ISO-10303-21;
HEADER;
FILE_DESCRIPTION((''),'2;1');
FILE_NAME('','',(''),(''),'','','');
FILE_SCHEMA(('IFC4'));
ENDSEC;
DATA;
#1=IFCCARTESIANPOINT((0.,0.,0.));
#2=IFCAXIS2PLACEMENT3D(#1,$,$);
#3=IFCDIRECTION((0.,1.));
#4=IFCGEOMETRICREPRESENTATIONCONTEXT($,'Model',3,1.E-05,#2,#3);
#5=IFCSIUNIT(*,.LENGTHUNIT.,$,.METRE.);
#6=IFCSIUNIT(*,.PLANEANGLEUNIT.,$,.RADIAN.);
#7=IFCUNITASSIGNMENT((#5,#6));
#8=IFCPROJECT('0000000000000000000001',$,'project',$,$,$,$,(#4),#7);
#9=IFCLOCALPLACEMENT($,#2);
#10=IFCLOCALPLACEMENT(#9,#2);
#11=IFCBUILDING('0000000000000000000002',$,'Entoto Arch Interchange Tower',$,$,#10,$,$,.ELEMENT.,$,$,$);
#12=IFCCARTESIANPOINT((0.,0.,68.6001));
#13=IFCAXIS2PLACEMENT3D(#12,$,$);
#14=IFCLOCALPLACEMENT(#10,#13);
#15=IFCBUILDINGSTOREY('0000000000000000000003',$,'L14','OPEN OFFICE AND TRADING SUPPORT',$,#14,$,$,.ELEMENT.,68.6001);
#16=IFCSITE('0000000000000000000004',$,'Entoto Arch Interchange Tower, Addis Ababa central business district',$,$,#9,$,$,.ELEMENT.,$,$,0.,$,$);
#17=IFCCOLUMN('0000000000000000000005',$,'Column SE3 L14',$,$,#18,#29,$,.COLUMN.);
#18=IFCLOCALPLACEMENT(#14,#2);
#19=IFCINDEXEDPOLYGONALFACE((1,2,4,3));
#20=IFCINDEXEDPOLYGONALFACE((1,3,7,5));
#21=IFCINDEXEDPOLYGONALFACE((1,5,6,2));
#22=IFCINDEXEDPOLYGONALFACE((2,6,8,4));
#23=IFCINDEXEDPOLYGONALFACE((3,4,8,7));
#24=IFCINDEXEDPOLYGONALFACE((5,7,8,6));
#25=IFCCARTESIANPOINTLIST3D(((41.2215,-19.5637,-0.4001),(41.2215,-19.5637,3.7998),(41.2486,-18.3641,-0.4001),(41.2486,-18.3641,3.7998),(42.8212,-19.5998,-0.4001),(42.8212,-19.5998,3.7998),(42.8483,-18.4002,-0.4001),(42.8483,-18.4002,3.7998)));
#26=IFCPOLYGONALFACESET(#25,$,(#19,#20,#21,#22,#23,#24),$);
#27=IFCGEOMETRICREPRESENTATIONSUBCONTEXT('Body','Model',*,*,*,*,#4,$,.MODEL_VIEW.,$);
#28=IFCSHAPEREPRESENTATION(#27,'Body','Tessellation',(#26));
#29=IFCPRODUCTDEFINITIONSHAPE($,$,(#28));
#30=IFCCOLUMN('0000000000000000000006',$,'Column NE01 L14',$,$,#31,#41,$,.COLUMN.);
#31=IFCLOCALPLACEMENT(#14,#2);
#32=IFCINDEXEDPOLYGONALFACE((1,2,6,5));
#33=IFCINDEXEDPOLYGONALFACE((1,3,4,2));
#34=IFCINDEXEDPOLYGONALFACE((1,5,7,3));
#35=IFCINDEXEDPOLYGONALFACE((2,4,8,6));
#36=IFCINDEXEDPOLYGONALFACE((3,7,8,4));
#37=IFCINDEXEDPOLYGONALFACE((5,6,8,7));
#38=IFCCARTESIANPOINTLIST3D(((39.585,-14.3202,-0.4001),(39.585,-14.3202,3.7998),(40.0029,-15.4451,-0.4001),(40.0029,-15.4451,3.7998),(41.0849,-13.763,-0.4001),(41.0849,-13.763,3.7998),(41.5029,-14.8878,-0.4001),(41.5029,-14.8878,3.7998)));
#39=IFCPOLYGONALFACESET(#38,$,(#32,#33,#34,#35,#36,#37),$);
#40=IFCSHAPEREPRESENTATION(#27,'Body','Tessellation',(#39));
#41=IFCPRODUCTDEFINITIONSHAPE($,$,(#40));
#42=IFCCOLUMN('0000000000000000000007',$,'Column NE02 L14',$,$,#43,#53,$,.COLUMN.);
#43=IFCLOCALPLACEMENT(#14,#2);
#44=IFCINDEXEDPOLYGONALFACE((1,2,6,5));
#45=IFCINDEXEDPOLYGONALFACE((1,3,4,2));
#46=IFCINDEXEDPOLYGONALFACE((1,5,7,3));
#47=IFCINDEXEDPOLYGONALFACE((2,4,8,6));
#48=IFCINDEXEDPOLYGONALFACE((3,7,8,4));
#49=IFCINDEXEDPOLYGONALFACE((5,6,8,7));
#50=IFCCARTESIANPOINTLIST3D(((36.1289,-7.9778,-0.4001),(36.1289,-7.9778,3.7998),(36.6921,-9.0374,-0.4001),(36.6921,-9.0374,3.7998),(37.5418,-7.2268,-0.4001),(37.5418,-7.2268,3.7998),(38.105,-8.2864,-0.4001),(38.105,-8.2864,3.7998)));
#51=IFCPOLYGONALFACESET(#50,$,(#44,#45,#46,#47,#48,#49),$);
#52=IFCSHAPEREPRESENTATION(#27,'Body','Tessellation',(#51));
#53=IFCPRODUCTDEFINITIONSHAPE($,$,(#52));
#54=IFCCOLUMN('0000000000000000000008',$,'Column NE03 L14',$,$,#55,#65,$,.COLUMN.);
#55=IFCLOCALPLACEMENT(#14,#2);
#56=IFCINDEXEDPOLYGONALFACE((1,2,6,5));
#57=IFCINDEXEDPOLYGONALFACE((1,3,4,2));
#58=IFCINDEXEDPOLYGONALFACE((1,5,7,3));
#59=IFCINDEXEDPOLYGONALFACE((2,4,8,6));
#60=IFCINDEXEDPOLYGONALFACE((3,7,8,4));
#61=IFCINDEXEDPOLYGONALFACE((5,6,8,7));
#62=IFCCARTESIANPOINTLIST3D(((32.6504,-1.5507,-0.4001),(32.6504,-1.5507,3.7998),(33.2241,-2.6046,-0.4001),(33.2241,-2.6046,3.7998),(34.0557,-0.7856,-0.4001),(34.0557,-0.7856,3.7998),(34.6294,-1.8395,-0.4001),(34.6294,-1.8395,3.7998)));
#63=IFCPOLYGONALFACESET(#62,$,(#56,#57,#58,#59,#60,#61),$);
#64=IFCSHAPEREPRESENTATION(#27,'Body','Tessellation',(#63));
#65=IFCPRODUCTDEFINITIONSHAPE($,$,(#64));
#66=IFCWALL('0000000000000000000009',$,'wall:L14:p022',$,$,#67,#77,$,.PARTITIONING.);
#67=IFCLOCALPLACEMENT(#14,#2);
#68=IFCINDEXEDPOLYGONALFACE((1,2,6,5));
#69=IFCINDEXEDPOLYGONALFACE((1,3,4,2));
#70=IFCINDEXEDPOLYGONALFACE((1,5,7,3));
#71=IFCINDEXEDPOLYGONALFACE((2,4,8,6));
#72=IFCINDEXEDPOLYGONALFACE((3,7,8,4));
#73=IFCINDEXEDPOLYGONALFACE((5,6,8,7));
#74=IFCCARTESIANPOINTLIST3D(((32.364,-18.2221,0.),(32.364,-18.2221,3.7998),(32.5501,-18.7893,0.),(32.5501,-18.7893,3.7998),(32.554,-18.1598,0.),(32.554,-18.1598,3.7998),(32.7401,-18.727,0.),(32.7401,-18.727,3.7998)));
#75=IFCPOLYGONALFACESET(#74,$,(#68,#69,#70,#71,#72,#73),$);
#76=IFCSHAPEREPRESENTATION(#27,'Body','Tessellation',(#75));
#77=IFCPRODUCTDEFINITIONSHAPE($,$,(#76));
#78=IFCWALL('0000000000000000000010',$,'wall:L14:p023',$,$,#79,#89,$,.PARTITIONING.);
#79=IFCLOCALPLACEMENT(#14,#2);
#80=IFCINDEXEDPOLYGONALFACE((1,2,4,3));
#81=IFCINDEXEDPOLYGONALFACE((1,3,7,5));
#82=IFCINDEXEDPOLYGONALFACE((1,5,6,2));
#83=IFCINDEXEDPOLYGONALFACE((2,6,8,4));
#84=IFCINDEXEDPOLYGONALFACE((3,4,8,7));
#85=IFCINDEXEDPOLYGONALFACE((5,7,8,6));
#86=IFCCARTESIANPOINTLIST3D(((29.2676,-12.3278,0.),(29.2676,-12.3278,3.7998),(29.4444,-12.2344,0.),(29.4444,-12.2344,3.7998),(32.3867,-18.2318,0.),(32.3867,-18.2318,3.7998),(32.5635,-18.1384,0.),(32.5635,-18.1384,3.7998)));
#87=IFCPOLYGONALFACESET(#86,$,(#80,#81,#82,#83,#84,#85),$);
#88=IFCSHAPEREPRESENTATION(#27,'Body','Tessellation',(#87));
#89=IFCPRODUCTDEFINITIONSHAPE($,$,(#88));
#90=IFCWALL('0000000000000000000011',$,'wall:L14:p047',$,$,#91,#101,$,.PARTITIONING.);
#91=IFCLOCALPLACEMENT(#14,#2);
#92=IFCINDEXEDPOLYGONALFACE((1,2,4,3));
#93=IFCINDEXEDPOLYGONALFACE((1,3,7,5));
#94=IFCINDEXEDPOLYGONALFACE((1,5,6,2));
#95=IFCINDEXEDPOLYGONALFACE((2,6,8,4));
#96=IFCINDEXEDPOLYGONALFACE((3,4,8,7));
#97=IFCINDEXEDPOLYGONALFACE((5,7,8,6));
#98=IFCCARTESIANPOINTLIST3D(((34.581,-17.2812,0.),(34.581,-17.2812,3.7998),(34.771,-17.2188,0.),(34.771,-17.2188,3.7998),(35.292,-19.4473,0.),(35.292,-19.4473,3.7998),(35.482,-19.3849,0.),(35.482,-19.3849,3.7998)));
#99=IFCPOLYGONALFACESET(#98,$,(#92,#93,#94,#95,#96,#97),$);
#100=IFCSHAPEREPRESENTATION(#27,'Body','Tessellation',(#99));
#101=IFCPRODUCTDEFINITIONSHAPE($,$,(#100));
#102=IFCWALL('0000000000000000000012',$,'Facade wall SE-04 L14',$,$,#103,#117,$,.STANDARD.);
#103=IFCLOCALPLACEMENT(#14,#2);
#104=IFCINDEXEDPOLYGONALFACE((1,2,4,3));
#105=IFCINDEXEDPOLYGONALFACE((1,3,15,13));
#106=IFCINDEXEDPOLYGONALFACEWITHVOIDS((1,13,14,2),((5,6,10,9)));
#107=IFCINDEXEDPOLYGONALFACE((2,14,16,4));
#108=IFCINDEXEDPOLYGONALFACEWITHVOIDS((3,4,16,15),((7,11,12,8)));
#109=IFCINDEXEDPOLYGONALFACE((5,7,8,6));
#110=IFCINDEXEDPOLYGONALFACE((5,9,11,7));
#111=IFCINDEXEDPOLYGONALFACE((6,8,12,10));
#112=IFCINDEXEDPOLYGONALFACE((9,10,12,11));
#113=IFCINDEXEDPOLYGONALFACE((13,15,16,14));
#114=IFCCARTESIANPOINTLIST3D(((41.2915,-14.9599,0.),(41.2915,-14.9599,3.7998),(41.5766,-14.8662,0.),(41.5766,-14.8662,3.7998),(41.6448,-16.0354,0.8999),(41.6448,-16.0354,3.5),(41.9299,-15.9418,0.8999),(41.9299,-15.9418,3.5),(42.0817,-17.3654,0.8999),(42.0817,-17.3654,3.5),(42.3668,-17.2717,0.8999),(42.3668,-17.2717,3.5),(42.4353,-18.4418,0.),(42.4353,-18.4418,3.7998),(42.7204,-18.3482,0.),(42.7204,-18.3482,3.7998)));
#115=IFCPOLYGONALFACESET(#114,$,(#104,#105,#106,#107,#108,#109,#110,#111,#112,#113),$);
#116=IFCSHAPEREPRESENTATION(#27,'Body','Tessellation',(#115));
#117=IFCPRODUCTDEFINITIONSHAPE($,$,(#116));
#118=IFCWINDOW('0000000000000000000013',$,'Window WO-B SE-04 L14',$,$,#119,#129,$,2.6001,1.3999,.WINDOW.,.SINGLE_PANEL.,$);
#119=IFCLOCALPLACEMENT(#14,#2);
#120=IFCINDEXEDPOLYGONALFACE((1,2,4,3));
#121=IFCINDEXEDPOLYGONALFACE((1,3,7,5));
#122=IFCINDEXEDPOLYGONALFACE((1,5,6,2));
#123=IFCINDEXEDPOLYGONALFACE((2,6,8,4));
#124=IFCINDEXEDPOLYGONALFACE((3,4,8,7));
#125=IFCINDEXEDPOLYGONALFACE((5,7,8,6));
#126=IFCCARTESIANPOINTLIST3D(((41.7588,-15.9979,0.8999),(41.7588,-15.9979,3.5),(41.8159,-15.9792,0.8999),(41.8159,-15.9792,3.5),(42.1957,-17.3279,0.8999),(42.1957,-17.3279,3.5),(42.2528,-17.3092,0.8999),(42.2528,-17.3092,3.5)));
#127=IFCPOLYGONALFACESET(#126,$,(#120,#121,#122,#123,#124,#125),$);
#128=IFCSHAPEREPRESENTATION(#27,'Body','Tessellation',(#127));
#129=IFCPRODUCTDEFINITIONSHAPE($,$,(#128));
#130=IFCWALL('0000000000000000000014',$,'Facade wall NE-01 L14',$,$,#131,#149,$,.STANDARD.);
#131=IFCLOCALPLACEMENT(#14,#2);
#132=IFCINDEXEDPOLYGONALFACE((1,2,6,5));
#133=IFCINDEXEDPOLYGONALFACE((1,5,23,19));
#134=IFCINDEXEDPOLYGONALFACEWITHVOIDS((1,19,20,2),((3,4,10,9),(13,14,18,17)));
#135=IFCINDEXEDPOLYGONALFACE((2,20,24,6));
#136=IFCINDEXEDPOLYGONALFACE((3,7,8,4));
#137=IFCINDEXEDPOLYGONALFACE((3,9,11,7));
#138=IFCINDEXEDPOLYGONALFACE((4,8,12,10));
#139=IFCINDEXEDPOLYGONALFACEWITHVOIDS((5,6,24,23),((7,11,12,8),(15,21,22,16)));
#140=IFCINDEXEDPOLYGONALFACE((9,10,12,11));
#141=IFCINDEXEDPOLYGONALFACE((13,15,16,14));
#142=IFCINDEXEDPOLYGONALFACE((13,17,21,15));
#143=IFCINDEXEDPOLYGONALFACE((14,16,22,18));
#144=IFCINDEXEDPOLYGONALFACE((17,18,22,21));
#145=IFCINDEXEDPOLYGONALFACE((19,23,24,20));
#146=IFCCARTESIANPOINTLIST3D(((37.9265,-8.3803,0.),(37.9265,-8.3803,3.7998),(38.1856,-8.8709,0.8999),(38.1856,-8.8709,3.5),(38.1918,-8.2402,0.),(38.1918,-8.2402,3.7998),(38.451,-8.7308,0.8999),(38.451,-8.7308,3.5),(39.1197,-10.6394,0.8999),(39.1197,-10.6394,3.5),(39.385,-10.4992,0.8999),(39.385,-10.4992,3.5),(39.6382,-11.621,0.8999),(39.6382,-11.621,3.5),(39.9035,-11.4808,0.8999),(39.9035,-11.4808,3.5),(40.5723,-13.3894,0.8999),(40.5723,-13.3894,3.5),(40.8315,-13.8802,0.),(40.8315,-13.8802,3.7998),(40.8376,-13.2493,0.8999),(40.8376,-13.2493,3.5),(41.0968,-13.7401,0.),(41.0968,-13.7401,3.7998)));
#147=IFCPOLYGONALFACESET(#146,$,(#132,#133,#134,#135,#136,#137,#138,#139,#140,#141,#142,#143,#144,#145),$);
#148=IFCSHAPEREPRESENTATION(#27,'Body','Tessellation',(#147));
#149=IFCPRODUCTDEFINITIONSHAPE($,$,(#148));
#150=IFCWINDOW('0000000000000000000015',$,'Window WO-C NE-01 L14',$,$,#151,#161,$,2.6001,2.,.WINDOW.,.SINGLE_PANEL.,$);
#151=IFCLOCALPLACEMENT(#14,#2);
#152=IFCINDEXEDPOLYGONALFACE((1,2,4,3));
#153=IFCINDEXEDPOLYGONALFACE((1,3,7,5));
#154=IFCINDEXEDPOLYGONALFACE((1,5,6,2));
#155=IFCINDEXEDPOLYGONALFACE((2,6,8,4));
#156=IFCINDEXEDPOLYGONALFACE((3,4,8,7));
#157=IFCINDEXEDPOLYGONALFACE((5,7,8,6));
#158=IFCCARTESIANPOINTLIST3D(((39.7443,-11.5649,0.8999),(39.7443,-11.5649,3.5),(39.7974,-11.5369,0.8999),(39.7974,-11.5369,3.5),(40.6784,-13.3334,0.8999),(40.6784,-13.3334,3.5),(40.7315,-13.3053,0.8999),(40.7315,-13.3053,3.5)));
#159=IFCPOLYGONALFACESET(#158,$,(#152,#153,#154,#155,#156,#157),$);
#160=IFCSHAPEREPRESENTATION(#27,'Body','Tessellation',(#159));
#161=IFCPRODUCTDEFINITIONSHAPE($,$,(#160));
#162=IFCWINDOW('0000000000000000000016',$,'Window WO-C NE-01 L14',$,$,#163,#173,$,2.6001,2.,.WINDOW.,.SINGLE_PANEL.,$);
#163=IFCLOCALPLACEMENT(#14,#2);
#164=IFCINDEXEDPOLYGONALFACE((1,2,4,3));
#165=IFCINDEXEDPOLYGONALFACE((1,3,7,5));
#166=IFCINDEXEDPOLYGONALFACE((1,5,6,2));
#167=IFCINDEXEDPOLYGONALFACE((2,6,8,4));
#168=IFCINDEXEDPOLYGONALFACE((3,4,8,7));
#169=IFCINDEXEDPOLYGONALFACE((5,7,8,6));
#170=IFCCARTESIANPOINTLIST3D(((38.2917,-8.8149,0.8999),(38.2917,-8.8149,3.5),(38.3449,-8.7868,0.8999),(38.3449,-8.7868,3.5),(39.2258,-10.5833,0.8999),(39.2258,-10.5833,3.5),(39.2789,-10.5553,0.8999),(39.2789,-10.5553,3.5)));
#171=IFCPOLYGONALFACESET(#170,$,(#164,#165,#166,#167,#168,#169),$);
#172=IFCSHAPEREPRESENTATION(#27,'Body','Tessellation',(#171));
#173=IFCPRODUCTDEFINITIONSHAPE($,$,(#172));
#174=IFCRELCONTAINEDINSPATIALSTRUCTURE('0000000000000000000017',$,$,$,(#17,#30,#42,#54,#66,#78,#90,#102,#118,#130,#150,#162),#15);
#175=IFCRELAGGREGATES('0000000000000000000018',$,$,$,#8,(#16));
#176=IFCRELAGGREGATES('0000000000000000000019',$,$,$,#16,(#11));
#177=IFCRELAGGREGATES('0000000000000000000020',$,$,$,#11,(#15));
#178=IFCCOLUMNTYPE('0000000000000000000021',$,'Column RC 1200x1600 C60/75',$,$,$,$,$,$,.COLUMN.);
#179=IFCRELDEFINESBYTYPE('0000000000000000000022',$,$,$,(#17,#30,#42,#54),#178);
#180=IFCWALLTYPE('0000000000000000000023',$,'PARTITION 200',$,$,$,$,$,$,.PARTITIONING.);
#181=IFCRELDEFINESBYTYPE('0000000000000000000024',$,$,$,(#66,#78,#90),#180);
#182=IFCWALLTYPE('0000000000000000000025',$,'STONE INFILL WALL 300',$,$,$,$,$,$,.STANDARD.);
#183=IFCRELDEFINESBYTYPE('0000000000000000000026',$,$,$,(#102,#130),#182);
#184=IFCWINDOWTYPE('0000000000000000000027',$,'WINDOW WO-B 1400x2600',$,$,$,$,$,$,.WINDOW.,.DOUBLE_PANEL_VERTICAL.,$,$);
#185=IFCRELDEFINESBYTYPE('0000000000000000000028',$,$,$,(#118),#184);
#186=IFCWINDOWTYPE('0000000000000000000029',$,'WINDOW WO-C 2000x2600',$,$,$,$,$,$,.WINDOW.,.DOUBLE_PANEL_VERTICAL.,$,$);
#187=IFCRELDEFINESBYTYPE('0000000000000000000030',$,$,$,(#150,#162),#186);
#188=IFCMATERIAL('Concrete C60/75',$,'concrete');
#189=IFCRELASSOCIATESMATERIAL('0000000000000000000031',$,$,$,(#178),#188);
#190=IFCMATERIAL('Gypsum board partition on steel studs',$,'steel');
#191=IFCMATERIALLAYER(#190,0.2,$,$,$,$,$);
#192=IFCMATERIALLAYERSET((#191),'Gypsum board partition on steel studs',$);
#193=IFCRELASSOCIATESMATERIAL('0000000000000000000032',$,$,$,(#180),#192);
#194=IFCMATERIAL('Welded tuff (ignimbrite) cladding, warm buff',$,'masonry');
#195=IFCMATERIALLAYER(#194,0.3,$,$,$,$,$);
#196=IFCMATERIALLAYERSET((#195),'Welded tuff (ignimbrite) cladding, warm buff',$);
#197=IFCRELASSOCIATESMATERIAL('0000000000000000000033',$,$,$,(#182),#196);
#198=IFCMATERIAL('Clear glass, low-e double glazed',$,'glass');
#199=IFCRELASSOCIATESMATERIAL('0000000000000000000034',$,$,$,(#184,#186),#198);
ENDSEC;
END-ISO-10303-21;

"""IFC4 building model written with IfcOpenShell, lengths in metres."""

from ifc_helpers import new_model, si_unit, direction, frame, frame_2d, origin, origin_2d, place, context, subcontext, project, spatial, rectangle, extrude, material, layer, layer_set, material_profile, profile_set, type_object, element, fill, save


model = new_model("IFC4")

# Units and contexts
model_context = context("Model", 3, precision=1e-05, world=origin(), true_north=direction((0.0, 1.0)))
body_context = subcontext(model_context, "Body", "Model", "MODEL_VIEW")
ifc_project = project(units=[si_unit("LENGTHUNIT", "METRE"), si_unit("PLANEANGLEUNIT", "RADIAN")], contexts=[model_context])

# Site, building, storey
site_placement = place(None, origin())
site = spatial("IfcSite", under=ifc_project, at=site_placement, Name="Entoto Arch Interchange Tower, Addis Ababa central business district", CompositionType="ELEMENT", RefElevation=0.0)
building_placement = place(site_placement, origin())
building = spatial("IfcBuilding", under=site, at=building_placement, Name="Entoto Arch Interchange Tower", CompositionType="ELEMENT")
storey_placement = place(building_placement, frame((0.0, 0.0, 68.6001)))
storey = spatial("IfcBuildingStorey", under=building, at=storey_placement, Name="L14", Description="OPEN OFFICE AND TRADING SUPPORT", CompositionType="ELEMENT", Elevation=68.6001)

# Columns
ifc_material_1 = material(Name="Concrete C60/75", Category="concrete")
ifc_material_profile = material_profile(ifc_material_1, rectangle(XDim=1.2, YDim=1.6001, at=origin_2d()))
ifc_profile_set = profile_set([ifc_material_profile], Name="Concrete C60/75")
column_type = type_object("IfcColumnType", Name="Column RC 1200x1600 C60/75", PredefinedType="COLUMN", material=ifc_profile_set)
for number, where, z_axis, x_axis, name in (
    (1, (42.0349, -18.9819, -0.4001), (0.0, 0.0, 1.0), (0.022565, 0.999745, 0.0), "Column SE3 L14"),
    (2, (40.5439, -14.604, -0.4001), (0.0, 0.0, 1.0), (-0.348278, 0.937391, 0.0), "Column NE01 L14"),
    (3, (37.1169, -8.1321, -0.4001), (0.0, 0.0, 1.0), (-0.469317, 0.88303, 0.0), "Column NE02 L14"),
    (4, (33.6399, -1.6951, -0.4001), (0.0, 0.0, 1.0), (-0.47814, 0.878284, 0.0), "Column NE03 L14"),
):
    element("IfcColumn", number, at=place(storey_placement, frame(where, z_axis=z_axis, x_axis=x_axis)), inside=storey, type_object=column_type, Name=name, PredefinedType="COLUMN", context=body_context, shape_type="SweptSolid", body=[
        extrude(rectangle(XDim=1.2, YDim=1.6001, at=origin_2d()), origin(), (0.0, 0.0, 1.0), 4.2),
    ])

# Walls
ifc_material_2 = material(Name="Gypsum board partition on steel studs", Category="steel")
ifc_layer_1 = layer(ifc_material_2, 0.2)
ifc_layer_set_1 = layer_set([ifc_layer_1], Name="Gypsum board partition on steel studs")
wall_type_1 = type_object("IfcWallType", Name="PARTITION 200", PredefinedType="PARTITIONING", material=ifc_layer_set_1)
wall_1_placement = place(storey_placement, frame((32.645, -18.7581, 0.0), z_axis=(0.0, 0.0, 1.0), x_axis=(-0.311684, 0.950186, 0.0)))
element("IfcWall", 5, at=wall_1_placement, inside=storey, type_object=wall_type_1, Name="wall:L14:p022", PredefinedType="PARTITIONING", context=body_context, shape_type="SweptSolid", body=[
    extrude(rectangle(XDim=0.5969, YDim=0.2, at=frame_2d((0.2983, 0.0))), origin(), (0.0, 0.0, 1.0), 3.7998),
])
wall_2_placement = place(storey_placement, frame((32.4751, -18.1851, 0.0), z_axis=(0.0, 0.0, 1.0), x_axis=(-0.467123, 0.884192, 0.0)))
element("IfcWall", 6, at=wall_2_placement, inside=storey, type_object=wall_type_1, Name="wall:L14:p023", PredefinedType="PARTITIONING", context=body_context, shape_type="SweptSolid", body=[
    extrude(rectangle(XDim=6.6772, YDim=0.2, at=frame_2d((3.3386, 0.0))), origin(), (0.0, 0.0, 1.0), 3.7998),
])
wall_3_placement = place(storey_placement, frame((34.676, -17.25, 0.0), z_axis=(0.0, 0.0, 1.0), x_axis=(0.311855, -0.95013, 0.0)))
element("IfcWall", 7, at=wall_3_placement, inside=storey, type_object=wall_type_1, Name="wall:L14:p047", PredefinedType="PARTITIONING", context=body_context, shape_type="SweptSolid", body=[
    extrude(rectangle(XDim=2.2798, YDim=0.2, at=frame_2d((1.1399, 0.0))), origin(), (0.0, 0.0, 1.0), 3.7998),
])

# Wall, opening, window
ifc_material_3 = material(Name="Welded tuff (ignimbrite) cladding, warm buff", Category="masonry")
ifc_layer_2 = layer(ifc_material_3, 0.3)
ifc_layer_set_2 = layer_set([ifc_layer_2], Name="Welded tuff (ignimbrite) cladding, warm buff")
wall_type_2 = type_object("IfcWallType", Name="STONE INFILL WALL 300", PredefinedType="STANDARD", material=ifc_layer_set_2)
wall_4_placement = place(storey_placement, frame((42.5779, -18.395, 0.0), z_axis=(0.0, 0.0, 1.0), x_axis=(-0.312088, 0.950053, 0.0)))
wall_4 = element("IfcWall", 8, at=wall_4_placement, inside=storey, type_object=wall_type_2, Name="Facade wall SE-04 L14", PredefinedType="STANDARD", context=body_context, shape_type="SweptSolid", body=[
    extrude(rectangle(XDim=3.665, YDim=0.3, at=frame_2d((1.8325, 0.0))), origin(), (0.0, 0.0, 1.0), 3.7998),
])
opening_1_placement = place(wall_4_placement, frame((1.1331, 0.0, 0.8999)))
opening_1 = element("IfcOpeningElement", 9, at=opening_1_placement, cuts=wall_4, PredefinedType="OPENING", context=body_context, shape_type="SweptSolid", body=[
    extrude(rectangle(XDim=1.3999, YDim=2.6001, at=frame_2d((0.7, 1.3))), frame((0.0, 0.1602, 0.0), z_axis=(0.0, -1.0, 0.0), x_axis=(1.0, 0.0, 0.0)), (0.0, 0.0, 1.0), 0.3201),
])
ifc_material_4 = material(Name="Clear glass, low-e double glazed", Category="glass")
window_type_1 = type_object("IfcWindowType", Name="WINDOW WO-B 1400x2600", PartitioningType="DOUBLE_PANEL_VERTICAL", PredefinedType="WINDOW", material=ifc_material_4)
window_1_placement = place(opening_1_placement, origin())
window_1 = element("IfcWindow", 10, at=window_1_placement, inside=storey, type_object=window_type_1, Name="Window WO-B SE-04 L14", OverallHeight=2.6001, OverallWidth=1.3999, PartitioningType="SINGLE_PANEL", PredefinedType="WINDOW", context=body_context, shape_type="SweptSolid", body=[
    extrude(rectangle(XDim=1.3999, YDim=2.6001, at=frame_2d((0.7, 1.3))), frame((0.0, 0.03, 0.0), z_axis=(0.0, -1.0, 0.0), x_axis=(1.0, 0.0, 0.0)), (0.0, 0.0, 1.0), 0.0601),
])
fill(opening_1, window_1)

# Wall, openings, windows
wall_5_placement = place(storey_placement, frame((40.9641, -13.8101, 0.0), z_axis=(0.0, 0.0, 1.0), x_axis=(-0.467042, 0.884235, 0.0)))
wall_5 = element("IfcWall", 11, at=wall_5_placement, inside=storey, type_object=wall_type_2, Name="Facade wall NE-01 L14", PredefinedType="STANDARD", context=body_context, shape_type="SweptSolid", body=[
    extrude(rectangle(XDim=6.22, YDim=0.3, at=frame_2d((3.1099, 0.0))), origin(), (0.0, 0.0, 1.0), 3.7998),
])
opening_2_placement = place(wall_5_placement, frame((0.5549, 0.0, 0.8999)))
opening_2 = element("IfcOpeningElement", 12, at=opening_2_placement, cuts=wall_5, PredefinedType="OPENING", context=body_context, shape_type="SweptSolid", body=[
    extrude(rectangle(XDim=2.0, YDim=2.6001, at=frame_2d((1.0, 1.3))), frame((0.0, 0.1602, 0.0), z_axis=(0.0, -1.0, 0.0), x_axis=(1.0, 0.0, 0.0)), (0.0, 0.0, 1.0), 0.3201),
])
opening_3_placement = place(wall_5_placement, frame((3.665, 0.0, 0.8999)))
opening_3 = element("IfcOpeningElement", 13, at=opening_3_placement, cuts=wall_5, PredefinedType="OPENING", context=body_context, shape_type="SweptSolid", body=[
    extrude(rectangle(XDim=2.0, YDim=2.6001, at=frame_2d((1.0, 1.3))), frame((0.0, 0.1602, 0.0), z_axis=(0.0, -1.0, 0.0), x_axis=(1.0, 0.0, 0.0)), (0.0, 0.0, 1.0), 0.3201),
])
window_type_2 = type_object("IfcWindowType", Name="WINDOW WO-C 2000x2600", PartitioningType="DOUBLE_PANEL_VERTICAL", PredefinedType="WINDOW", material=ifc_material_4)
window_2_placement = place(opening_2_placement, origin())
window_2 = element("IfcWindow", 14, at=window_2_placement, inside=storey, type_object=window_type_2, Name="Window WO-C NE-01 L14", OverallHeight=2.6001, OverallWidth=2.0, PartitioningType="SINGLE_PANEL", PredefinedType="WINDOW", context=body_context, shape_type="SweptSolid", body=[
    extrude(rectangle(XDim=2.0, YDim=2.6001, at=frame_2d((1.0, 1.3))), frame((0.0, 0.03, 0.0), z_axis=(0.0, -1.0, 0.0), x_axis=(1.0, 0.0, 0.0)), (0.0, 0.0, 1.0), 0.0601),
])
fill(opening_2, window_2)
window_3_placement = place(opening_3_placement, origin())
window_3 = element("IfcWindow", 15, at=window_3_placement, inside=storey, type_object=window_type_2, Name="Window WO-C NE-01 L14", OverallHeight=2.6001, OverallWidth=2.0, PartitioningType="SINGLE_PANEL", PredefinedType="WINDOW", context=body_context, shape_type="SweptSolid", body=[
    extrude(rectangle(XDim=2.0, YDim=2.6001, at=frame_2d((1.0, 1.3))), frame((0.0, 0.03, 0.0), z_axis=(0.0, -1.0, 0.0), x_axis=(1.0, 0.0, 0.0)), (0.0, 0.0, 1.0), 0.0601),
])
fill(opening_3, window_3)

save(model, "model.ifc")
